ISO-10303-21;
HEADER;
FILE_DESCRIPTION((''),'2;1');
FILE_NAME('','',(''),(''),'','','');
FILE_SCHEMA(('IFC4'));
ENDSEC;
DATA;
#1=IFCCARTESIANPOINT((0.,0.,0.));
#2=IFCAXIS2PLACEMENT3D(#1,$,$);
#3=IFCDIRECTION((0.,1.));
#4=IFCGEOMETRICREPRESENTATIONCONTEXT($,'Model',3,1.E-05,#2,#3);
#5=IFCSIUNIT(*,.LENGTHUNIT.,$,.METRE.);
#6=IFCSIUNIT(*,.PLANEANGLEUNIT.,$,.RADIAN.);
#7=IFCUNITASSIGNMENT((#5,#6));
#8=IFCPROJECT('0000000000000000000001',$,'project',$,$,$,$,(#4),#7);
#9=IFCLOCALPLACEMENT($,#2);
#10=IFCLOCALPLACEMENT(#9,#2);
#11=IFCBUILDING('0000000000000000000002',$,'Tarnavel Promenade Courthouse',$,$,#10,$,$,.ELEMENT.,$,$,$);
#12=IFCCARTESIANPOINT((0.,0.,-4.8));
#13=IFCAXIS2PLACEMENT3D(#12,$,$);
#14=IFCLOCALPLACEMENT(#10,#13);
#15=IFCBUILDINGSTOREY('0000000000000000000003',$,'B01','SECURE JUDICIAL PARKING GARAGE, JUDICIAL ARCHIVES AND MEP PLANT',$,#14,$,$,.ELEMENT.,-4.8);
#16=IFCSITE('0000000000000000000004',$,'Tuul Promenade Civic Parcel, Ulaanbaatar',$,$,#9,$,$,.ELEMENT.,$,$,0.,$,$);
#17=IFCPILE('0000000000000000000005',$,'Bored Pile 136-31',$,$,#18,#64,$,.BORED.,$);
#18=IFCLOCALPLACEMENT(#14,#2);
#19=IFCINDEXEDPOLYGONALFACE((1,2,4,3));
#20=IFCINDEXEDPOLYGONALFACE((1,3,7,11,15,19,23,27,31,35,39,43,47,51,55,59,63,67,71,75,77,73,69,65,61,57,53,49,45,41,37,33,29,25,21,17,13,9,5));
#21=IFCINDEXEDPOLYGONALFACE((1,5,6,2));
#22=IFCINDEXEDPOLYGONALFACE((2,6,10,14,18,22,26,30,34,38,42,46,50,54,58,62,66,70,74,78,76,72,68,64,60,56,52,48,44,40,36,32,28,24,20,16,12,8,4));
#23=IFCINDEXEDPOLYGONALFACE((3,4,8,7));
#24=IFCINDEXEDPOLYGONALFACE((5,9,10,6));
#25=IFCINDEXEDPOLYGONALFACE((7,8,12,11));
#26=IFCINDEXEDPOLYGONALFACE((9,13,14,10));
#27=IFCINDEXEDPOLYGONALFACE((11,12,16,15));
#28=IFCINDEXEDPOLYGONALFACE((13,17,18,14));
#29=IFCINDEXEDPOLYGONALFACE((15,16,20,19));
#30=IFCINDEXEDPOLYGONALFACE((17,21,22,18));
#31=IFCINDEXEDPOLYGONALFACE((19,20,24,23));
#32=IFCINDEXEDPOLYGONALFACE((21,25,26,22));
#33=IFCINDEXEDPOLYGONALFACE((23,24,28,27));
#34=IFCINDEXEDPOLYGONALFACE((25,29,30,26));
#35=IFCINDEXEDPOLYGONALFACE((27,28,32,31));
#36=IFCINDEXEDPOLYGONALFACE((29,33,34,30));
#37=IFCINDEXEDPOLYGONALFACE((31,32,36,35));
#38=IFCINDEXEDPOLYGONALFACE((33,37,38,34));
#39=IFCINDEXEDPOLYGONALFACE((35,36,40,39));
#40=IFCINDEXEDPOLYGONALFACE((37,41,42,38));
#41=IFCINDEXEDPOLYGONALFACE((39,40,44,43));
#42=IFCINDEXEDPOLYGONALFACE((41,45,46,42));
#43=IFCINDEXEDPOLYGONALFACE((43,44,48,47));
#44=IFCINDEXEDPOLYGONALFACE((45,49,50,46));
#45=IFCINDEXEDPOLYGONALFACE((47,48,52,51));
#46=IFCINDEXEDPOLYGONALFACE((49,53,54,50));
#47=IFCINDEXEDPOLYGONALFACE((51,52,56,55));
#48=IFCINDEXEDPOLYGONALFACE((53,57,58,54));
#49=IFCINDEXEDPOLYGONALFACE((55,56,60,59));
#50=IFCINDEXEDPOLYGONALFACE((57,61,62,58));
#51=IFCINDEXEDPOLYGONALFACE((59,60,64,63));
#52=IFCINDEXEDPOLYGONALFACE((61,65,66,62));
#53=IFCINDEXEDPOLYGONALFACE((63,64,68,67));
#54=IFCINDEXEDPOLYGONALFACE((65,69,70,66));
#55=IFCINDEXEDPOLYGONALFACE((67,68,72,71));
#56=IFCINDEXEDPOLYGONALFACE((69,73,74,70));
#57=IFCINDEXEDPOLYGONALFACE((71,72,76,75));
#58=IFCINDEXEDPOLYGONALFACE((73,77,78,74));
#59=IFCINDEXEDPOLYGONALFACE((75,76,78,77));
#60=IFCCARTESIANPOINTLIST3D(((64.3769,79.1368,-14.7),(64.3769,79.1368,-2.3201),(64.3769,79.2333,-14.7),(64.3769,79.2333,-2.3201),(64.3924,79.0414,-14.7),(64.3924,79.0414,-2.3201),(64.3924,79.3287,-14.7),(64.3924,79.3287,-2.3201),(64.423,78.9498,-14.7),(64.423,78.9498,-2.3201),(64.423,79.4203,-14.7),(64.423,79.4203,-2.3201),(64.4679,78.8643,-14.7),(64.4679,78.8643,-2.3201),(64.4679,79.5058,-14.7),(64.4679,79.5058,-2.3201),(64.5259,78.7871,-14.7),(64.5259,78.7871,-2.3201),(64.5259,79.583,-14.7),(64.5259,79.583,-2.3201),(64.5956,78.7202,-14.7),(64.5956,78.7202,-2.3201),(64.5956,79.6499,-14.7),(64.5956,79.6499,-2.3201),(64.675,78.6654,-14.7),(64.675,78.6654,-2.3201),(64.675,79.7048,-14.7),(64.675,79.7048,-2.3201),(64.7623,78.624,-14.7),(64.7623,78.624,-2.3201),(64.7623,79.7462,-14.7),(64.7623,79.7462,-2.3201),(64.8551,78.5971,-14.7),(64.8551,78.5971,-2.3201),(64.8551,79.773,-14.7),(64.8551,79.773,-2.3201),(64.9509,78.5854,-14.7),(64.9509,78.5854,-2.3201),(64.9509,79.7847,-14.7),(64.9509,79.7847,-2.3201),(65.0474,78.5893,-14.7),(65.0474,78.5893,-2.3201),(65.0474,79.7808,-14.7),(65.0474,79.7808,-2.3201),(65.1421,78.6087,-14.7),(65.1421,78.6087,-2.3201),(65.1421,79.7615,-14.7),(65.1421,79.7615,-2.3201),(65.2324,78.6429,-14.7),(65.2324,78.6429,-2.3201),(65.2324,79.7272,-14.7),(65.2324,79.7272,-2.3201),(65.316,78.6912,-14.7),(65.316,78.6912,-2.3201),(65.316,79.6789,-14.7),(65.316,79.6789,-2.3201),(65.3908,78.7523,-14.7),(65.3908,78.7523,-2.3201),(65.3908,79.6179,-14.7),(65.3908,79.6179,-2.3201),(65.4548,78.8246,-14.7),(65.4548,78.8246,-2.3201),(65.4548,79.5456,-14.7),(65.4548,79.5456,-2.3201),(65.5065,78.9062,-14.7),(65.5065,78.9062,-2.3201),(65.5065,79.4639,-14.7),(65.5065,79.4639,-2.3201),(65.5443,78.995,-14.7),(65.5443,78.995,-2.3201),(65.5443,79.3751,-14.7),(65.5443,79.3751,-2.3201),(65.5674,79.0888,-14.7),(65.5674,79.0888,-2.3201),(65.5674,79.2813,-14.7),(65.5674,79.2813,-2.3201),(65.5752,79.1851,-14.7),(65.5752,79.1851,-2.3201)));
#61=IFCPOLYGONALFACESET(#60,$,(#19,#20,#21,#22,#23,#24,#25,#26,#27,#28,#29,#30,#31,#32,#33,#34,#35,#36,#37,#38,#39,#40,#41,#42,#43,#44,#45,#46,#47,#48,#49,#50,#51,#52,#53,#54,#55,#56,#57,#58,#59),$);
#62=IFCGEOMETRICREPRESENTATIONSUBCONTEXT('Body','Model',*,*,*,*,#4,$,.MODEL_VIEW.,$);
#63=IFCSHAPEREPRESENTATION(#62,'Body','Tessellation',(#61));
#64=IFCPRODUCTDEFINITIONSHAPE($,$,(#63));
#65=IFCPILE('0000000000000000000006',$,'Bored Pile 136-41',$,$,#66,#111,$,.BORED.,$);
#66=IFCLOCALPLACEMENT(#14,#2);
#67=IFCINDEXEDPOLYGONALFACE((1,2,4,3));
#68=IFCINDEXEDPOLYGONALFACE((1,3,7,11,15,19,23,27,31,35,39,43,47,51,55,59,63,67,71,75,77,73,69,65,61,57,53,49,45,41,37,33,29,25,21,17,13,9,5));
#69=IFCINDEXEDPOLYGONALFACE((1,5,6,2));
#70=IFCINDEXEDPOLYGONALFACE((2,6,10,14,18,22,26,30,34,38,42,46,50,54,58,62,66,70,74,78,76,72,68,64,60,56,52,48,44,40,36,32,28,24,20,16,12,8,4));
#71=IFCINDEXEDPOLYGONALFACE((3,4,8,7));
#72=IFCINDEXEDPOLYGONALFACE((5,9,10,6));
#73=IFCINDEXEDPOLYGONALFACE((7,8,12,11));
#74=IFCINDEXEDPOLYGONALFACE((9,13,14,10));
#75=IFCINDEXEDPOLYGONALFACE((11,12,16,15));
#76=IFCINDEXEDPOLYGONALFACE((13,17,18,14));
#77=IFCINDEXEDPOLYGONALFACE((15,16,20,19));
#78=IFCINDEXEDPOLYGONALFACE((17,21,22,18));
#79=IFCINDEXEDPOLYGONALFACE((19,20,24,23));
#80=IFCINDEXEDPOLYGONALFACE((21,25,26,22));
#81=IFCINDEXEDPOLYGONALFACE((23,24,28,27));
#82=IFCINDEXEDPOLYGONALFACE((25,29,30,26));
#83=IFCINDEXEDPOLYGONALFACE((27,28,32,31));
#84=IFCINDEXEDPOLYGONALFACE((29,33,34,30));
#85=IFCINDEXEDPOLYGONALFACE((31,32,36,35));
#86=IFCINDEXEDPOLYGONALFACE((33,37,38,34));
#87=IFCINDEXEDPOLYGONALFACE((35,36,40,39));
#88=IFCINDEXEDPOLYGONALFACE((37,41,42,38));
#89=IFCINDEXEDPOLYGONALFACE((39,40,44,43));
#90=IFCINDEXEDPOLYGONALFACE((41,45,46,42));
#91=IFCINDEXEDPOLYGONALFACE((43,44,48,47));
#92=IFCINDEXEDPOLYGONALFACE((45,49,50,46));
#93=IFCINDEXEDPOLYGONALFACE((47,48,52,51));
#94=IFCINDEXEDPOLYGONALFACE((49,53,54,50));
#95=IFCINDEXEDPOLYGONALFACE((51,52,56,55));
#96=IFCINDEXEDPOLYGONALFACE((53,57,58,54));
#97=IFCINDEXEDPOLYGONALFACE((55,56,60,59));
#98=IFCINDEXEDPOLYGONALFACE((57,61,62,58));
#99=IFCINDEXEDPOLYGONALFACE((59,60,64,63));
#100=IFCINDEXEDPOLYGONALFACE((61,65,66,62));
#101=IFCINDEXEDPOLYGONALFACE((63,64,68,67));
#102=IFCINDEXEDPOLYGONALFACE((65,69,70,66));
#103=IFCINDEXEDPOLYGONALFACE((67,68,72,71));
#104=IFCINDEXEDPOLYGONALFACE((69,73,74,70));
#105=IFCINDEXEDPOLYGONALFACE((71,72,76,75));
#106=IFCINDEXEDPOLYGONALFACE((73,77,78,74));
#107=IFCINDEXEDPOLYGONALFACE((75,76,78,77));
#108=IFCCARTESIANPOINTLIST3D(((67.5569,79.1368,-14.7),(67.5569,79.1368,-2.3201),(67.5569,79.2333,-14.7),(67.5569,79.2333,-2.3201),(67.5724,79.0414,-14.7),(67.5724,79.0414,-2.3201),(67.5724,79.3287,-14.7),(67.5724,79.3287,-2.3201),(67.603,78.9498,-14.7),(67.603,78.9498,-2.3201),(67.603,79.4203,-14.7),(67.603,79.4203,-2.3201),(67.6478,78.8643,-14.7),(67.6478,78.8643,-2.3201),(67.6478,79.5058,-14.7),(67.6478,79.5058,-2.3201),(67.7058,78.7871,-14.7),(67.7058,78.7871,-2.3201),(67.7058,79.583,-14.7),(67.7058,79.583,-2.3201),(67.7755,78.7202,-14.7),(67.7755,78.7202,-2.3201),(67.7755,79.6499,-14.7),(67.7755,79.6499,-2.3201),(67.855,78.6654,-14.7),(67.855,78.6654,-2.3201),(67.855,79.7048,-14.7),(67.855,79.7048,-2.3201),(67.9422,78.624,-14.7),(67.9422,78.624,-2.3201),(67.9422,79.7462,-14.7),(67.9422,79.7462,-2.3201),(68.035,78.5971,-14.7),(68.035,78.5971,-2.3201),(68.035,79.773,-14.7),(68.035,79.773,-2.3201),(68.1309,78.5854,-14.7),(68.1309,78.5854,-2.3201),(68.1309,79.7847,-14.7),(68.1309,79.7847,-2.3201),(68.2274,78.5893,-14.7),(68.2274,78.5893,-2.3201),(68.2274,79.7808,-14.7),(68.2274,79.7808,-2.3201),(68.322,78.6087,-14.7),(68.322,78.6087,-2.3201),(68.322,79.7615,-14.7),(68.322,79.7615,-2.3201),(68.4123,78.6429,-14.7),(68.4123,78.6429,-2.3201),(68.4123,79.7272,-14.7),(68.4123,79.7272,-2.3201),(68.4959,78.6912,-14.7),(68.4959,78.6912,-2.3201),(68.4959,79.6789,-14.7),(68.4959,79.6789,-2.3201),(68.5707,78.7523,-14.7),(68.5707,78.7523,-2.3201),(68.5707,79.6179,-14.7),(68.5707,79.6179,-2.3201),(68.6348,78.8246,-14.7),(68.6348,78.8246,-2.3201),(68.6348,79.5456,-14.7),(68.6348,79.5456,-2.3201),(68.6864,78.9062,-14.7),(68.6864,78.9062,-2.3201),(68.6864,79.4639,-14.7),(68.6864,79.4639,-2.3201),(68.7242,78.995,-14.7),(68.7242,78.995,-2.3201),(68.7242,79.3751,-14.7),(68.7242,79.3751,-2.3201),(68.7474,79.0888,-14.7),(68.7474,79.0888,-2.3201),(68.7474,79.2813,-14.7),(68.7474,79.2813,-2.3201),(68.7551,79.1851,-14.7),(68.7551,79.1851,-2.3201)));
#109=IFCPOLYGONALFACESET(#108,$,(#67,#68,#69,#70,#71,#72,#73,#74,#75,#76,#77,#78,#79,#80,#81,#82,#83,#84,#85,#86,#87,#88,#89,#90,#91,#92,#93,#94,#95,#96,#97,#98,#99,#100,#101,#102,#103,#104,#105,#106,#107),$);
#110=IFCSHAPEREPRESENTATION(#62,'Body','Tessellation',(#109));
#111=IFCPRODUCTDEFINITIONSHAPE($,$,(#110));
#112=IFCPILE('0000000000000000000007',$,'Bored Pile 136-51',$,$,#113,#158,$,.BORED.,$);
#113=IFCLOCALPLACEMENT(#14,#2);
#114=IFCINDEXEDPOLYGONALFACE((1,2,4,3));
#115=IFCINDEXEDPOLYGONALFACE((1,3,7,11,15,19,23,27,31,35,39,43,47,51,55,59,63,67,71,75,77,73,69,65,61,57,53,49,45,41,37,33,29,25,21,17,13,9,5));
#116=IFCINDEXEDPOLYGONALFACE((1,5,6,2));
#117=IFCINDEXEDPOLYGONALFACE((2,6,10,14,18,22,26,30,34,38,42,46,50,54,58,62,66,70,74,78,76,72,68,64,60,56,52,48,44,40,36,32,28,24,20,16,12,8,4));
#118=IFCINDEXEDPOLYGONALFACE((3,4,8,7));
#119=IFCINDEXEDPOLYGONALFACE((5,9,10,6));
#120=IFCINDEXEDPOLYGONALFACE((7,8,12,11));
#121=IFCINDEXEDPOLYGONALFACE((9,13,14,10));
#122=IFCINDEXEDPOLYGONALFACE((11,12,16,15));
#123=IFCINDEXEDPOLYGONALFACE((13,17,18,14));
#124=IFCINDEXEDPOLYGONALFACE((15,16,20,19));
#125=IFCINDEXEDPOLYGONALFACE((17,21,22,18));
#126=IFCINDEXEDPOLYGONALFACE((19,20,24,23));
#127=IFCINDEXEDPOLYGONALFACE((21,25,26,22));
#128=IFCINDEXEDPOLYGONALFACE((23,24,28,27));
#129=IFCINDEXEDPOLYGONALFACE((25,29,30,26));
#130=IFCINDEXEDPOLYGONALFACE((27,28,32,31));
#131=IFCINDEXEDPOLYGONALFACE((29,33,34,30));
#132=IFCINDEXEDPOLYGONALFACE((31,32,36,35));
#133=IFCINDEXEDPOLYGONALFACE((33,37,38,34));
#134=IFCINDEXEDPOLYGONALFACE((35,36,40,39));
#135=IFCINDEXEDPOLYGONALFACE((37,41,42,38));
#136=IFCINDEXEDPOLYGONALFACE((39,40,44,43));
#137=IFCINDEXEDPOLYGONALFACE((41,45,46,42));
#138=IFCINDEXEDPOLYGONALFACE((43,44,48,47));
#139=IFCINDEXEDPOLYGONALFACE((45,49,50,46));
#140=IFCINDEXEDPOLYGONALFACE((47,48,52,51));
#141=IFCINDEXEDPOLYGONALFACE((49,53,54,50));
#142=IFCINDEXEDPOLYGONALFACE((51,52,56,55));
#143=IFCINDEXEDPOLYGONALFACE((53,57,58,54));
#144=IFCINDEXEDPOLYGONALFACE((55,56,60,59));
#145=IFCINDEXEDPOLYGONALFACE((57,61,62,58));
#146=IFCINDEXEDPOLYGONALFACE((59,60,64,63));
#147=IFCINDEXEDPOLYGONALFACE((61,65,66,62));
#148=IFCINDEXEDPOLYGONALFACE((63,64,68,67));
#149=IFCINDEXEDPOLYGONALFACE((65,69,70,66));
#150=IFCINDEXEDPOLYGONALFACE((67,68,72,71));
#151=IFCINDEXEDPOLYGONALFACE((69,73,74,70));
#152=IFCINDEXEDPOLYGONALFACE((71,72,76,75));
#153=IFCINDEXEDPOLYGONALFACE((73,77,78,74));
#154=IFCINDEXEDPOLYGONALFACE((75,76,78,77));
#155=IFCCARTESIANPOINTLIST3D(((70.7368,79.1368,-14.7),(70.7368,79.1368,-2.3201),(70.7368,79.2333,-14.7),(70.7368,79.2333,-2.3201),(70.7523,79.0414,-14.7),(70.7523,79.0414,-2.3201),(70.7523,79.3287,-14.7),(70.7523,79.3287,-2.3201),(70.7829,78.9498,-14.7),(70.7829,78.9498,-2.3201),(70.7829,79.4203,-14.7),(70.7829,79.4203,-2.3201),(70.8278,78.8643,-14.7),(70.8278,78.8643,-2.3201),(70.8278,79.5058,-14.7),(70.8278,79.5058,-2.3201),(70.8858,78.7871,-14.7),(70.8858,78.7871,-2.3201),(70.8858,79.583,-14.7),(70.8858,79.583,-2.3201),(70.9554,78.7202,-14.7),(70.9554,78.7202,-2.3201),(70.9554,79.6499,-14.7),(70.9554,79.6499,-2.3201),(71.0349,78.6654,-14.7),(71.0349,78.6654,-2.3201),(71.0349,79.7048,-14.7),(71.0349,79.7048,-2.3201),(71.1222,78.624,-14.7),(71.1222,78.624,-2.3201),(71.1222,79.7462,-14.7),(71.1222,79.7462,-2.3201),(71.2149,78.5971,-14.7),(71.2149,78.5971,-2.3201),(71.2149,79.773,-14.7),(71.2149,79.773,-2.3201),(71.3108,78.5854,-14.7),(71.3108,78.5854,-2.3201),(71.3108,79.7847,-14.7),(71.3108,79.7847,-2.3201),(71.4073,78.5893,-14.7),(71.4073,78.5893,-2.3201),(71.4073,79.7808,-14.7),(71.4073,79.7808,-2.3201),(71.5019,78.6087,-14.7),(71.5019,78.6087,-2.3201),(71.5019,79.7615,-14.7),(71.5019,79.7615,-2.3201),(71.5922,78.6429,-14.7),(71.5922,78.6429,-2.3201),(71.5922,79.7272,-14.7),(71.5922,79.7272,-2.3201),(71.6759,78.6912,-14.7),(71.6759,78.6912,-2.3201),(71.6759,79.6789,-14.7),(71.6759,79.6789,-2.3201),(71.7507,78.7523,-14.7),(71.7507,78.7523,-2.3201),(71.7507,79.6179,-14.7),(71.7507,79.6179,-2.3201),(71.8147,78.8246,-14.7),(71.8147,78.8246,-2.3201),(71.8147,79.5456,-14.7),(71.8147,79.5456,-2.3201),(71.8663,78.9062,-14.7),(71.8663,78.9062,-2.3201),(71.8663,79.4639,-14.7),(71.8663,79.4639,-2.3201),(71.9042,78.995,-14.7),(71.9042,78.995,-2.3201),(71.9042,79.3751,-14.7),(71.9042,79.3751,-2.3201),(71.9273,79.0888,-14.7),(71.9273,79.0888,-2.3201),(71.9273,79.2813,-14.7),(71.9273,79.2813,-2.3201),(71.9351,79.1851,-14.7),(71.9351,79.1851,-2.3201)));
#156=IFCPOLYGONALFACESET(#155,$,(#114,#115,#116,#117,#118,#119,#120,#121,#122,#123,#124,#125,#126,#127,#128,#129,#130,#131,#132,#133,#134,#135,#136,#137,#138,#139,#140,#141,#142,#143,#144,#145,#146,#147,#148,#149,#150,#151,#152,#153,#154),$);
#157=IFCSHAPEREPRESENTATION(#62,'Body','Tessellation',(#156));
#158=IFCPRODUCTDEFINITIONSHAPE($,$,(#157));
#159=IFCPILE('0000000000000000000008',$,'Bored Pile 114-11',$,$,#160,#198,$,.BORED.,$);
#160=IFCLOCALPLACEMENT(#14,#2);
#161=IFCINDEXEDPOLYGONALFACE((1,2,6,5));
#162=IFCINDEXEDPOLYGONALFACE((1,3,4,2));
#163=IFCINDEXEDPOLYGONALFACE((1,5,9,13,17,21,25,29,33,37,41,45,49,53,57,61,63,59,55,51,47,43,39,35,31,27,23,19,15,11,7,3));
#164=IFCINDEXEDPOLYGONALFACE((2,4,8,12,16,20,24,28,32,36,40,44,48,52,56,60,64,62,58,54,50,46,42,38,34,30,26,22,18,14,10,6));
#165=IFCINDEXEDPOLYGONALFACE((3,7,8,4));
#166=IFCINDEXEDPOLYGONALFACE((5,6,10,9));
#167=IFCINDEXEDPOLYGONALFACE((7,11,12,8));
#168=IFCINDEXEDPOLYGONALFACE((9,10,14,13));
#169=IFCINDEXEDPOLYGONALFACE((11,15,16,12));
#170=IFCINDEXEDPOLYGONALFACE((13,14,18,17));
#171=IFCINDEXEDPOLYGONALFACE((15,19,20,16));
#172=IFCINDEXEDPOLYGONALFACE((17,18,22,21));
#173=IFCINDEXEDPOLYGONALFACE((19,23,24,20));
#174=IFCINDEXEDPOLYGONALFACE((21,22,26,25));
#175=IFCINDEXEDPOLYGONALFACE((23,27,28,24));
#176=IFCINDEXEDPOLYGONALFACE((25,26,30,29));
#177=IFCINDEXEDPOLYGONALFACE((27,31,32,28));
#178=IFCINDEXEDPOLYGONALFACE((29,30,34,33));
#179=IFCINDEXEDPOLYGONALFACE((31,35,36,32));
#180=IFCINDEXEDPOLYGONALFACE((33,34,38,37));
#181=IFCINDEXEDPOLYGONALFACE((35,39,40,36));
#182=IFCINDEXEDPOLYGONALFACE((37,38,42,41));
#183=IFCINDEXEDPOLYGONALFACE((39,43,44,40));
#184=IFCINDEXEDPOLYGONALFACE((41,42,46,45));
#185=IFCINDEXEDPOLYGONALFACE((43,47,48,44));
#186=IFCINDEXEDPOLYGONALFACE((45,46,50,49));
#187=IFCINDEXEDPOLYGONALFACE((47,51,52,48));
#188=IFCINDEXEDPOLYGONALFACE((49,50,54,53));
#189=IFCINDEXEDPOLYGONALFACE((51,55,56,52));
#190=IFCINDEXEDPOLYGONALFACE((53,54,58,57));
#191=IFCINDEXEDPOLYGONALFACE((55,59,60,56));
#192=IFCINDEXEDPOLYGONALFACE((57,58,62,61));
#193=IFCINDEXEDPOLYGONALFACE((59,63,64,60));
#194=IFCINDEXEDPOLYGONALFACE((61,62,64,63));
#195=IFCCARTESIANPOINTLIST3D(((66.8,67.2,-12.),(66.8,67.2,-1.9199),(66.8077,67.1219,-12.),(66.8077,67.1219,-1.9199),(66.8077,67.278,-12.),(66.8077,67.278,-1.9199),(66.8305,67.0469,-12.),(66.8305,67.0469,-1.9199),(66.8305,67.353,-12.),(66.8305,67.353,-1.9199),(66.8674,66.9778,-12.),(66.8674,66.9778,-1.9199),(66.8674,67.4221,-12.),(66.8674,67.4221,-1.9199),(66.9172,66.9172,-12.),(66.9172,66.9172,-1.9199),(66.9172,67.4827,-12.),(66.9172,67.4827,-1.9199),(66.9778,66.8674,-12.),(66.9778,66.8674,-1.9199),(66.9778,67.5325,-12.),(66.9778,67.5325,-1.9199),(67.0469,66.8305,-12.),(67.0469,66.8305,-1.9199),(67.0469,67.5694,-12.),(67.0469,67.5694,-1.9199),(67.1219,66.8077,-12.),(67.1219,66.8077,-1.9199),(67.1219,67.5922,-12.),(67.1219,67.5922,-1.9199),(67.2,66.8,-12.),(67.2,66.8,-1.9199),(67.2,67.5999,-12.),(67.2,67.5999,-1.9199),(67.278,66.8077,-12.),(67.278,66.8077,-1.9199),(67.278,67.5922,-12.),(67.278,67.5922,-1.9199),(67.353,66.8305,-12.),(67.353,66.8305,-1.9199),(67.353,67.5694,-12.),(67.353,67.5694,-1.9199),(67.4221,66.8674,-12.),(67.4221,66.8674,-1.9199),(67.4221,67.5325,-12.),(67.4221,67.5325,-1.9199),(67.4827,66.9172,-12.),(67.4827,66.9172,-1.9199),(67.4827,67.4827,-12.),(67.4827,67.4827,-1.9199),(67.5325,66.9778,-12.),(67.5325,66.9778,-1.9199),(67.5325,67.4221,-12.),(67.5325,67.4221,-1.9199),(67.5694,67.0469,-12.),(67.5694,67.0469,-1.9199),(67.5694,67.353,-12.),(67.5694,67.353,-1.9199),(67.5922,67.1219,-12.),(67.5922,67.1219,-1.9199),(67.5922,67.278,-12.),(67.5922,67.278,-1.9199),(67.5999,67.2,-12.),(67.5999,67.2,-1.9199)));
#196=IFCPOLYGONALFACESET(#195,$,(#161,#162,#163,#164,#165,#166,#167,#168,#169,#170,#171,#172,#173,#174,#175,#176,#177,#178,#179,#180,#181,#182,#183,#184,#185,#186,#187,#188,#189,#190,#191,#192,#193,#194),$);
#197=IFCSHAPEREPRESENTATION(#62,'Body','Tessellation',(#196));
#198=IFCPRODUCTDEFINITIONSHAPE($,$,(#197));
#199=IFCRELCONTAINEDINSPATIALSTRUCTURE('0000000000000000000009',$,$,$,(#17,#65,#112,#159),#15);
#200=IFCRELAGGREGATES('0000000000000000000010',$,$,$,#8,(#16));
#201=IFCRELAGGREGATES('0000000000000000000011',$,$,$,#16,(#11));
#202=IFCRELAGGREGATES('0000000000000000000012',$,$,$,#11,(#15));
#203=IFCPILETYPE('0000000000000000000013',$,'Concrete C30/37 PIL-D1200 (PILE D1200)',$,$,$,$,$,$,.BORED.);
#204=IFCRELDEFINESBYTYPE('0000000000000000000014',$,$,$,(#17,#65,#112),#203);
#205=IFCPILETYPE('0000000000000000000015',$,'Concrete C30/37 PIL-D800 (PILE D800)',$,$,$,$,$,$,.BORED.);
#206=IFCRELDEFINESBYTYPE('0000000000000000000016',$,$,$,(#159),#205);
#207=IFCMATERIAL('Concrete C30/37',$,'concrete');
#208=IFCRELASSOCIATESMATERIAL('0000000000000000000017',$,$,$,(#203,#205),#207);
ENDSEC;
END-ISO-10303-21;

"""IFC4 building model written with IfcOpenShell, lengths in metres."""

from ifc_helpers import new_model, si_unit, direction, frame, origin, origin_2d, place, context, subcontext, project, spatial, circle, extrude, material, material_profile, profile_set, type_object, element, save


model = new_model("IFC4")

# Units and contexts
model_context = context("Model", 3, precision=1e-05, world=origin(), true_north=direction((0.0, 1.0)))
body_context = subcontext(model_context, "Body", "Model", "MODEL_VIEW")
ifc_project = project(units=[si_unit("LENGTHUNIT", "METRE"), si_unit("PLANEANGLEUNIT", "RADIAN")], contexts=[model_context])

# Site, building, storey
site_placement = place(None, origin())
site = spatial("IfcSite", under=ifc_project, at=site_placement, Name="Tuul Promenade Civic Parcel, Ulaanbaatar", CompositionType="ELEMENT", RefElevation=0.0)
building_placement = place(site_placement, origin())
building = spatial("IfcBuilding", under=site, at=building_placement, Name="Tarnavel Promenade Courthouse", CompositionType="ELEMENT")
storey_placement = place(building_placement, frame((0.0, 0.0, -4.8)))
storey = spatial("IfcBuildingStorey", under=building, at=storey_placement, Name="B01", Description="SECURE JUDICIAL PARKING GARAGE, JUDICIAL ARCHIVES AND MEP PLANT", CompositionType="ELEMENT", Elevation=-4.8)

# Piles
ifc_material_1 = material(Name="Concrete C30/37", Category="concrete")
ifc_material_profile_1 = material_profile(ifc_material_1, circle(Radius=0.6001, at=origin_2d()), Name="PILE D1200")
ifc_profile_set_1 = profile_set([ifc_material_profile_1], Name="Concrete C30/37")
pile_type_1 = type_object("IfcPileType", Name="Concrete C30/37 PIL-D1200 (PILE D1200)", PredefinedType="BORED", material=ifc_profile_set_1)
for number, where, z_axis, x_axis, name in (
    (1, (64.9751, 79.1851, -2.3201), (0.0, 0.0, -1.0), (1.0, 0.0, 0.0), "Bored Pile 136-31"),
    (2, (68.155, 79.1851, -2.3201), (0.0, 0.0, -1.0), (1.0, 0.0, 0.0), "Bored Pile 136-41"),
    (3, (71.335, 79.1851, -2.3201), (0.0, 0.0, -1.0), (1.0, 0.0, 0.0), "Bored Pile 136-51"),
):
    element("IfcPile", number, at=place(storey_placement, frame(where, z_axis=z_axis, x_axis=x_axis)), inside=storey, type_object=pile_type_1, Name=name, PredefinedType="BORED", context=body_context, shape_type="SweptSolid", body=[
        extrude(circle(Radius=0.6001, at=origin_2d()), origin(), (0.0, 0.0, 1.0), 12.3799),
    ])
ifc_material_profile_2 = material_profile(ifc_material_1, circle(Radius=0.3999, at=origin_2d()), Name="PILE D800")
ifc_profile_set_2 = profile_set([ifc_material_profile_2], Name="Concrete C30/37")
pile_type_2 = type_object("IfcPileType", Name="Concrete C30/37 PIL-D800 (PILE D800)", PredefinedType="BORED", material=ifc_profile_set_2)
for number, where, z_axis, x_axis, name in (
    (4, (67.2, 67.2, -1.9199), (0.0, 0.0, -1.0), (1.0, 0.0, 0.0), "Bored Pile 114-11"),
):
    element("IfcPile", number, at=place(storey_placement, frame(where, z_axis=z_axis, x_axis=x_axis)), inside=storey, type_object=pile_type_2, Name=name, PredefinedType="BORED", context=body_context, shape_type="SweptSolid", body=[
        extrude(circle(Radius=0.3999, at=origin_2d()), origin(), (0.0, 0.0, 1.0), 10.0801),
    ])

save(model, "model.ifc")
